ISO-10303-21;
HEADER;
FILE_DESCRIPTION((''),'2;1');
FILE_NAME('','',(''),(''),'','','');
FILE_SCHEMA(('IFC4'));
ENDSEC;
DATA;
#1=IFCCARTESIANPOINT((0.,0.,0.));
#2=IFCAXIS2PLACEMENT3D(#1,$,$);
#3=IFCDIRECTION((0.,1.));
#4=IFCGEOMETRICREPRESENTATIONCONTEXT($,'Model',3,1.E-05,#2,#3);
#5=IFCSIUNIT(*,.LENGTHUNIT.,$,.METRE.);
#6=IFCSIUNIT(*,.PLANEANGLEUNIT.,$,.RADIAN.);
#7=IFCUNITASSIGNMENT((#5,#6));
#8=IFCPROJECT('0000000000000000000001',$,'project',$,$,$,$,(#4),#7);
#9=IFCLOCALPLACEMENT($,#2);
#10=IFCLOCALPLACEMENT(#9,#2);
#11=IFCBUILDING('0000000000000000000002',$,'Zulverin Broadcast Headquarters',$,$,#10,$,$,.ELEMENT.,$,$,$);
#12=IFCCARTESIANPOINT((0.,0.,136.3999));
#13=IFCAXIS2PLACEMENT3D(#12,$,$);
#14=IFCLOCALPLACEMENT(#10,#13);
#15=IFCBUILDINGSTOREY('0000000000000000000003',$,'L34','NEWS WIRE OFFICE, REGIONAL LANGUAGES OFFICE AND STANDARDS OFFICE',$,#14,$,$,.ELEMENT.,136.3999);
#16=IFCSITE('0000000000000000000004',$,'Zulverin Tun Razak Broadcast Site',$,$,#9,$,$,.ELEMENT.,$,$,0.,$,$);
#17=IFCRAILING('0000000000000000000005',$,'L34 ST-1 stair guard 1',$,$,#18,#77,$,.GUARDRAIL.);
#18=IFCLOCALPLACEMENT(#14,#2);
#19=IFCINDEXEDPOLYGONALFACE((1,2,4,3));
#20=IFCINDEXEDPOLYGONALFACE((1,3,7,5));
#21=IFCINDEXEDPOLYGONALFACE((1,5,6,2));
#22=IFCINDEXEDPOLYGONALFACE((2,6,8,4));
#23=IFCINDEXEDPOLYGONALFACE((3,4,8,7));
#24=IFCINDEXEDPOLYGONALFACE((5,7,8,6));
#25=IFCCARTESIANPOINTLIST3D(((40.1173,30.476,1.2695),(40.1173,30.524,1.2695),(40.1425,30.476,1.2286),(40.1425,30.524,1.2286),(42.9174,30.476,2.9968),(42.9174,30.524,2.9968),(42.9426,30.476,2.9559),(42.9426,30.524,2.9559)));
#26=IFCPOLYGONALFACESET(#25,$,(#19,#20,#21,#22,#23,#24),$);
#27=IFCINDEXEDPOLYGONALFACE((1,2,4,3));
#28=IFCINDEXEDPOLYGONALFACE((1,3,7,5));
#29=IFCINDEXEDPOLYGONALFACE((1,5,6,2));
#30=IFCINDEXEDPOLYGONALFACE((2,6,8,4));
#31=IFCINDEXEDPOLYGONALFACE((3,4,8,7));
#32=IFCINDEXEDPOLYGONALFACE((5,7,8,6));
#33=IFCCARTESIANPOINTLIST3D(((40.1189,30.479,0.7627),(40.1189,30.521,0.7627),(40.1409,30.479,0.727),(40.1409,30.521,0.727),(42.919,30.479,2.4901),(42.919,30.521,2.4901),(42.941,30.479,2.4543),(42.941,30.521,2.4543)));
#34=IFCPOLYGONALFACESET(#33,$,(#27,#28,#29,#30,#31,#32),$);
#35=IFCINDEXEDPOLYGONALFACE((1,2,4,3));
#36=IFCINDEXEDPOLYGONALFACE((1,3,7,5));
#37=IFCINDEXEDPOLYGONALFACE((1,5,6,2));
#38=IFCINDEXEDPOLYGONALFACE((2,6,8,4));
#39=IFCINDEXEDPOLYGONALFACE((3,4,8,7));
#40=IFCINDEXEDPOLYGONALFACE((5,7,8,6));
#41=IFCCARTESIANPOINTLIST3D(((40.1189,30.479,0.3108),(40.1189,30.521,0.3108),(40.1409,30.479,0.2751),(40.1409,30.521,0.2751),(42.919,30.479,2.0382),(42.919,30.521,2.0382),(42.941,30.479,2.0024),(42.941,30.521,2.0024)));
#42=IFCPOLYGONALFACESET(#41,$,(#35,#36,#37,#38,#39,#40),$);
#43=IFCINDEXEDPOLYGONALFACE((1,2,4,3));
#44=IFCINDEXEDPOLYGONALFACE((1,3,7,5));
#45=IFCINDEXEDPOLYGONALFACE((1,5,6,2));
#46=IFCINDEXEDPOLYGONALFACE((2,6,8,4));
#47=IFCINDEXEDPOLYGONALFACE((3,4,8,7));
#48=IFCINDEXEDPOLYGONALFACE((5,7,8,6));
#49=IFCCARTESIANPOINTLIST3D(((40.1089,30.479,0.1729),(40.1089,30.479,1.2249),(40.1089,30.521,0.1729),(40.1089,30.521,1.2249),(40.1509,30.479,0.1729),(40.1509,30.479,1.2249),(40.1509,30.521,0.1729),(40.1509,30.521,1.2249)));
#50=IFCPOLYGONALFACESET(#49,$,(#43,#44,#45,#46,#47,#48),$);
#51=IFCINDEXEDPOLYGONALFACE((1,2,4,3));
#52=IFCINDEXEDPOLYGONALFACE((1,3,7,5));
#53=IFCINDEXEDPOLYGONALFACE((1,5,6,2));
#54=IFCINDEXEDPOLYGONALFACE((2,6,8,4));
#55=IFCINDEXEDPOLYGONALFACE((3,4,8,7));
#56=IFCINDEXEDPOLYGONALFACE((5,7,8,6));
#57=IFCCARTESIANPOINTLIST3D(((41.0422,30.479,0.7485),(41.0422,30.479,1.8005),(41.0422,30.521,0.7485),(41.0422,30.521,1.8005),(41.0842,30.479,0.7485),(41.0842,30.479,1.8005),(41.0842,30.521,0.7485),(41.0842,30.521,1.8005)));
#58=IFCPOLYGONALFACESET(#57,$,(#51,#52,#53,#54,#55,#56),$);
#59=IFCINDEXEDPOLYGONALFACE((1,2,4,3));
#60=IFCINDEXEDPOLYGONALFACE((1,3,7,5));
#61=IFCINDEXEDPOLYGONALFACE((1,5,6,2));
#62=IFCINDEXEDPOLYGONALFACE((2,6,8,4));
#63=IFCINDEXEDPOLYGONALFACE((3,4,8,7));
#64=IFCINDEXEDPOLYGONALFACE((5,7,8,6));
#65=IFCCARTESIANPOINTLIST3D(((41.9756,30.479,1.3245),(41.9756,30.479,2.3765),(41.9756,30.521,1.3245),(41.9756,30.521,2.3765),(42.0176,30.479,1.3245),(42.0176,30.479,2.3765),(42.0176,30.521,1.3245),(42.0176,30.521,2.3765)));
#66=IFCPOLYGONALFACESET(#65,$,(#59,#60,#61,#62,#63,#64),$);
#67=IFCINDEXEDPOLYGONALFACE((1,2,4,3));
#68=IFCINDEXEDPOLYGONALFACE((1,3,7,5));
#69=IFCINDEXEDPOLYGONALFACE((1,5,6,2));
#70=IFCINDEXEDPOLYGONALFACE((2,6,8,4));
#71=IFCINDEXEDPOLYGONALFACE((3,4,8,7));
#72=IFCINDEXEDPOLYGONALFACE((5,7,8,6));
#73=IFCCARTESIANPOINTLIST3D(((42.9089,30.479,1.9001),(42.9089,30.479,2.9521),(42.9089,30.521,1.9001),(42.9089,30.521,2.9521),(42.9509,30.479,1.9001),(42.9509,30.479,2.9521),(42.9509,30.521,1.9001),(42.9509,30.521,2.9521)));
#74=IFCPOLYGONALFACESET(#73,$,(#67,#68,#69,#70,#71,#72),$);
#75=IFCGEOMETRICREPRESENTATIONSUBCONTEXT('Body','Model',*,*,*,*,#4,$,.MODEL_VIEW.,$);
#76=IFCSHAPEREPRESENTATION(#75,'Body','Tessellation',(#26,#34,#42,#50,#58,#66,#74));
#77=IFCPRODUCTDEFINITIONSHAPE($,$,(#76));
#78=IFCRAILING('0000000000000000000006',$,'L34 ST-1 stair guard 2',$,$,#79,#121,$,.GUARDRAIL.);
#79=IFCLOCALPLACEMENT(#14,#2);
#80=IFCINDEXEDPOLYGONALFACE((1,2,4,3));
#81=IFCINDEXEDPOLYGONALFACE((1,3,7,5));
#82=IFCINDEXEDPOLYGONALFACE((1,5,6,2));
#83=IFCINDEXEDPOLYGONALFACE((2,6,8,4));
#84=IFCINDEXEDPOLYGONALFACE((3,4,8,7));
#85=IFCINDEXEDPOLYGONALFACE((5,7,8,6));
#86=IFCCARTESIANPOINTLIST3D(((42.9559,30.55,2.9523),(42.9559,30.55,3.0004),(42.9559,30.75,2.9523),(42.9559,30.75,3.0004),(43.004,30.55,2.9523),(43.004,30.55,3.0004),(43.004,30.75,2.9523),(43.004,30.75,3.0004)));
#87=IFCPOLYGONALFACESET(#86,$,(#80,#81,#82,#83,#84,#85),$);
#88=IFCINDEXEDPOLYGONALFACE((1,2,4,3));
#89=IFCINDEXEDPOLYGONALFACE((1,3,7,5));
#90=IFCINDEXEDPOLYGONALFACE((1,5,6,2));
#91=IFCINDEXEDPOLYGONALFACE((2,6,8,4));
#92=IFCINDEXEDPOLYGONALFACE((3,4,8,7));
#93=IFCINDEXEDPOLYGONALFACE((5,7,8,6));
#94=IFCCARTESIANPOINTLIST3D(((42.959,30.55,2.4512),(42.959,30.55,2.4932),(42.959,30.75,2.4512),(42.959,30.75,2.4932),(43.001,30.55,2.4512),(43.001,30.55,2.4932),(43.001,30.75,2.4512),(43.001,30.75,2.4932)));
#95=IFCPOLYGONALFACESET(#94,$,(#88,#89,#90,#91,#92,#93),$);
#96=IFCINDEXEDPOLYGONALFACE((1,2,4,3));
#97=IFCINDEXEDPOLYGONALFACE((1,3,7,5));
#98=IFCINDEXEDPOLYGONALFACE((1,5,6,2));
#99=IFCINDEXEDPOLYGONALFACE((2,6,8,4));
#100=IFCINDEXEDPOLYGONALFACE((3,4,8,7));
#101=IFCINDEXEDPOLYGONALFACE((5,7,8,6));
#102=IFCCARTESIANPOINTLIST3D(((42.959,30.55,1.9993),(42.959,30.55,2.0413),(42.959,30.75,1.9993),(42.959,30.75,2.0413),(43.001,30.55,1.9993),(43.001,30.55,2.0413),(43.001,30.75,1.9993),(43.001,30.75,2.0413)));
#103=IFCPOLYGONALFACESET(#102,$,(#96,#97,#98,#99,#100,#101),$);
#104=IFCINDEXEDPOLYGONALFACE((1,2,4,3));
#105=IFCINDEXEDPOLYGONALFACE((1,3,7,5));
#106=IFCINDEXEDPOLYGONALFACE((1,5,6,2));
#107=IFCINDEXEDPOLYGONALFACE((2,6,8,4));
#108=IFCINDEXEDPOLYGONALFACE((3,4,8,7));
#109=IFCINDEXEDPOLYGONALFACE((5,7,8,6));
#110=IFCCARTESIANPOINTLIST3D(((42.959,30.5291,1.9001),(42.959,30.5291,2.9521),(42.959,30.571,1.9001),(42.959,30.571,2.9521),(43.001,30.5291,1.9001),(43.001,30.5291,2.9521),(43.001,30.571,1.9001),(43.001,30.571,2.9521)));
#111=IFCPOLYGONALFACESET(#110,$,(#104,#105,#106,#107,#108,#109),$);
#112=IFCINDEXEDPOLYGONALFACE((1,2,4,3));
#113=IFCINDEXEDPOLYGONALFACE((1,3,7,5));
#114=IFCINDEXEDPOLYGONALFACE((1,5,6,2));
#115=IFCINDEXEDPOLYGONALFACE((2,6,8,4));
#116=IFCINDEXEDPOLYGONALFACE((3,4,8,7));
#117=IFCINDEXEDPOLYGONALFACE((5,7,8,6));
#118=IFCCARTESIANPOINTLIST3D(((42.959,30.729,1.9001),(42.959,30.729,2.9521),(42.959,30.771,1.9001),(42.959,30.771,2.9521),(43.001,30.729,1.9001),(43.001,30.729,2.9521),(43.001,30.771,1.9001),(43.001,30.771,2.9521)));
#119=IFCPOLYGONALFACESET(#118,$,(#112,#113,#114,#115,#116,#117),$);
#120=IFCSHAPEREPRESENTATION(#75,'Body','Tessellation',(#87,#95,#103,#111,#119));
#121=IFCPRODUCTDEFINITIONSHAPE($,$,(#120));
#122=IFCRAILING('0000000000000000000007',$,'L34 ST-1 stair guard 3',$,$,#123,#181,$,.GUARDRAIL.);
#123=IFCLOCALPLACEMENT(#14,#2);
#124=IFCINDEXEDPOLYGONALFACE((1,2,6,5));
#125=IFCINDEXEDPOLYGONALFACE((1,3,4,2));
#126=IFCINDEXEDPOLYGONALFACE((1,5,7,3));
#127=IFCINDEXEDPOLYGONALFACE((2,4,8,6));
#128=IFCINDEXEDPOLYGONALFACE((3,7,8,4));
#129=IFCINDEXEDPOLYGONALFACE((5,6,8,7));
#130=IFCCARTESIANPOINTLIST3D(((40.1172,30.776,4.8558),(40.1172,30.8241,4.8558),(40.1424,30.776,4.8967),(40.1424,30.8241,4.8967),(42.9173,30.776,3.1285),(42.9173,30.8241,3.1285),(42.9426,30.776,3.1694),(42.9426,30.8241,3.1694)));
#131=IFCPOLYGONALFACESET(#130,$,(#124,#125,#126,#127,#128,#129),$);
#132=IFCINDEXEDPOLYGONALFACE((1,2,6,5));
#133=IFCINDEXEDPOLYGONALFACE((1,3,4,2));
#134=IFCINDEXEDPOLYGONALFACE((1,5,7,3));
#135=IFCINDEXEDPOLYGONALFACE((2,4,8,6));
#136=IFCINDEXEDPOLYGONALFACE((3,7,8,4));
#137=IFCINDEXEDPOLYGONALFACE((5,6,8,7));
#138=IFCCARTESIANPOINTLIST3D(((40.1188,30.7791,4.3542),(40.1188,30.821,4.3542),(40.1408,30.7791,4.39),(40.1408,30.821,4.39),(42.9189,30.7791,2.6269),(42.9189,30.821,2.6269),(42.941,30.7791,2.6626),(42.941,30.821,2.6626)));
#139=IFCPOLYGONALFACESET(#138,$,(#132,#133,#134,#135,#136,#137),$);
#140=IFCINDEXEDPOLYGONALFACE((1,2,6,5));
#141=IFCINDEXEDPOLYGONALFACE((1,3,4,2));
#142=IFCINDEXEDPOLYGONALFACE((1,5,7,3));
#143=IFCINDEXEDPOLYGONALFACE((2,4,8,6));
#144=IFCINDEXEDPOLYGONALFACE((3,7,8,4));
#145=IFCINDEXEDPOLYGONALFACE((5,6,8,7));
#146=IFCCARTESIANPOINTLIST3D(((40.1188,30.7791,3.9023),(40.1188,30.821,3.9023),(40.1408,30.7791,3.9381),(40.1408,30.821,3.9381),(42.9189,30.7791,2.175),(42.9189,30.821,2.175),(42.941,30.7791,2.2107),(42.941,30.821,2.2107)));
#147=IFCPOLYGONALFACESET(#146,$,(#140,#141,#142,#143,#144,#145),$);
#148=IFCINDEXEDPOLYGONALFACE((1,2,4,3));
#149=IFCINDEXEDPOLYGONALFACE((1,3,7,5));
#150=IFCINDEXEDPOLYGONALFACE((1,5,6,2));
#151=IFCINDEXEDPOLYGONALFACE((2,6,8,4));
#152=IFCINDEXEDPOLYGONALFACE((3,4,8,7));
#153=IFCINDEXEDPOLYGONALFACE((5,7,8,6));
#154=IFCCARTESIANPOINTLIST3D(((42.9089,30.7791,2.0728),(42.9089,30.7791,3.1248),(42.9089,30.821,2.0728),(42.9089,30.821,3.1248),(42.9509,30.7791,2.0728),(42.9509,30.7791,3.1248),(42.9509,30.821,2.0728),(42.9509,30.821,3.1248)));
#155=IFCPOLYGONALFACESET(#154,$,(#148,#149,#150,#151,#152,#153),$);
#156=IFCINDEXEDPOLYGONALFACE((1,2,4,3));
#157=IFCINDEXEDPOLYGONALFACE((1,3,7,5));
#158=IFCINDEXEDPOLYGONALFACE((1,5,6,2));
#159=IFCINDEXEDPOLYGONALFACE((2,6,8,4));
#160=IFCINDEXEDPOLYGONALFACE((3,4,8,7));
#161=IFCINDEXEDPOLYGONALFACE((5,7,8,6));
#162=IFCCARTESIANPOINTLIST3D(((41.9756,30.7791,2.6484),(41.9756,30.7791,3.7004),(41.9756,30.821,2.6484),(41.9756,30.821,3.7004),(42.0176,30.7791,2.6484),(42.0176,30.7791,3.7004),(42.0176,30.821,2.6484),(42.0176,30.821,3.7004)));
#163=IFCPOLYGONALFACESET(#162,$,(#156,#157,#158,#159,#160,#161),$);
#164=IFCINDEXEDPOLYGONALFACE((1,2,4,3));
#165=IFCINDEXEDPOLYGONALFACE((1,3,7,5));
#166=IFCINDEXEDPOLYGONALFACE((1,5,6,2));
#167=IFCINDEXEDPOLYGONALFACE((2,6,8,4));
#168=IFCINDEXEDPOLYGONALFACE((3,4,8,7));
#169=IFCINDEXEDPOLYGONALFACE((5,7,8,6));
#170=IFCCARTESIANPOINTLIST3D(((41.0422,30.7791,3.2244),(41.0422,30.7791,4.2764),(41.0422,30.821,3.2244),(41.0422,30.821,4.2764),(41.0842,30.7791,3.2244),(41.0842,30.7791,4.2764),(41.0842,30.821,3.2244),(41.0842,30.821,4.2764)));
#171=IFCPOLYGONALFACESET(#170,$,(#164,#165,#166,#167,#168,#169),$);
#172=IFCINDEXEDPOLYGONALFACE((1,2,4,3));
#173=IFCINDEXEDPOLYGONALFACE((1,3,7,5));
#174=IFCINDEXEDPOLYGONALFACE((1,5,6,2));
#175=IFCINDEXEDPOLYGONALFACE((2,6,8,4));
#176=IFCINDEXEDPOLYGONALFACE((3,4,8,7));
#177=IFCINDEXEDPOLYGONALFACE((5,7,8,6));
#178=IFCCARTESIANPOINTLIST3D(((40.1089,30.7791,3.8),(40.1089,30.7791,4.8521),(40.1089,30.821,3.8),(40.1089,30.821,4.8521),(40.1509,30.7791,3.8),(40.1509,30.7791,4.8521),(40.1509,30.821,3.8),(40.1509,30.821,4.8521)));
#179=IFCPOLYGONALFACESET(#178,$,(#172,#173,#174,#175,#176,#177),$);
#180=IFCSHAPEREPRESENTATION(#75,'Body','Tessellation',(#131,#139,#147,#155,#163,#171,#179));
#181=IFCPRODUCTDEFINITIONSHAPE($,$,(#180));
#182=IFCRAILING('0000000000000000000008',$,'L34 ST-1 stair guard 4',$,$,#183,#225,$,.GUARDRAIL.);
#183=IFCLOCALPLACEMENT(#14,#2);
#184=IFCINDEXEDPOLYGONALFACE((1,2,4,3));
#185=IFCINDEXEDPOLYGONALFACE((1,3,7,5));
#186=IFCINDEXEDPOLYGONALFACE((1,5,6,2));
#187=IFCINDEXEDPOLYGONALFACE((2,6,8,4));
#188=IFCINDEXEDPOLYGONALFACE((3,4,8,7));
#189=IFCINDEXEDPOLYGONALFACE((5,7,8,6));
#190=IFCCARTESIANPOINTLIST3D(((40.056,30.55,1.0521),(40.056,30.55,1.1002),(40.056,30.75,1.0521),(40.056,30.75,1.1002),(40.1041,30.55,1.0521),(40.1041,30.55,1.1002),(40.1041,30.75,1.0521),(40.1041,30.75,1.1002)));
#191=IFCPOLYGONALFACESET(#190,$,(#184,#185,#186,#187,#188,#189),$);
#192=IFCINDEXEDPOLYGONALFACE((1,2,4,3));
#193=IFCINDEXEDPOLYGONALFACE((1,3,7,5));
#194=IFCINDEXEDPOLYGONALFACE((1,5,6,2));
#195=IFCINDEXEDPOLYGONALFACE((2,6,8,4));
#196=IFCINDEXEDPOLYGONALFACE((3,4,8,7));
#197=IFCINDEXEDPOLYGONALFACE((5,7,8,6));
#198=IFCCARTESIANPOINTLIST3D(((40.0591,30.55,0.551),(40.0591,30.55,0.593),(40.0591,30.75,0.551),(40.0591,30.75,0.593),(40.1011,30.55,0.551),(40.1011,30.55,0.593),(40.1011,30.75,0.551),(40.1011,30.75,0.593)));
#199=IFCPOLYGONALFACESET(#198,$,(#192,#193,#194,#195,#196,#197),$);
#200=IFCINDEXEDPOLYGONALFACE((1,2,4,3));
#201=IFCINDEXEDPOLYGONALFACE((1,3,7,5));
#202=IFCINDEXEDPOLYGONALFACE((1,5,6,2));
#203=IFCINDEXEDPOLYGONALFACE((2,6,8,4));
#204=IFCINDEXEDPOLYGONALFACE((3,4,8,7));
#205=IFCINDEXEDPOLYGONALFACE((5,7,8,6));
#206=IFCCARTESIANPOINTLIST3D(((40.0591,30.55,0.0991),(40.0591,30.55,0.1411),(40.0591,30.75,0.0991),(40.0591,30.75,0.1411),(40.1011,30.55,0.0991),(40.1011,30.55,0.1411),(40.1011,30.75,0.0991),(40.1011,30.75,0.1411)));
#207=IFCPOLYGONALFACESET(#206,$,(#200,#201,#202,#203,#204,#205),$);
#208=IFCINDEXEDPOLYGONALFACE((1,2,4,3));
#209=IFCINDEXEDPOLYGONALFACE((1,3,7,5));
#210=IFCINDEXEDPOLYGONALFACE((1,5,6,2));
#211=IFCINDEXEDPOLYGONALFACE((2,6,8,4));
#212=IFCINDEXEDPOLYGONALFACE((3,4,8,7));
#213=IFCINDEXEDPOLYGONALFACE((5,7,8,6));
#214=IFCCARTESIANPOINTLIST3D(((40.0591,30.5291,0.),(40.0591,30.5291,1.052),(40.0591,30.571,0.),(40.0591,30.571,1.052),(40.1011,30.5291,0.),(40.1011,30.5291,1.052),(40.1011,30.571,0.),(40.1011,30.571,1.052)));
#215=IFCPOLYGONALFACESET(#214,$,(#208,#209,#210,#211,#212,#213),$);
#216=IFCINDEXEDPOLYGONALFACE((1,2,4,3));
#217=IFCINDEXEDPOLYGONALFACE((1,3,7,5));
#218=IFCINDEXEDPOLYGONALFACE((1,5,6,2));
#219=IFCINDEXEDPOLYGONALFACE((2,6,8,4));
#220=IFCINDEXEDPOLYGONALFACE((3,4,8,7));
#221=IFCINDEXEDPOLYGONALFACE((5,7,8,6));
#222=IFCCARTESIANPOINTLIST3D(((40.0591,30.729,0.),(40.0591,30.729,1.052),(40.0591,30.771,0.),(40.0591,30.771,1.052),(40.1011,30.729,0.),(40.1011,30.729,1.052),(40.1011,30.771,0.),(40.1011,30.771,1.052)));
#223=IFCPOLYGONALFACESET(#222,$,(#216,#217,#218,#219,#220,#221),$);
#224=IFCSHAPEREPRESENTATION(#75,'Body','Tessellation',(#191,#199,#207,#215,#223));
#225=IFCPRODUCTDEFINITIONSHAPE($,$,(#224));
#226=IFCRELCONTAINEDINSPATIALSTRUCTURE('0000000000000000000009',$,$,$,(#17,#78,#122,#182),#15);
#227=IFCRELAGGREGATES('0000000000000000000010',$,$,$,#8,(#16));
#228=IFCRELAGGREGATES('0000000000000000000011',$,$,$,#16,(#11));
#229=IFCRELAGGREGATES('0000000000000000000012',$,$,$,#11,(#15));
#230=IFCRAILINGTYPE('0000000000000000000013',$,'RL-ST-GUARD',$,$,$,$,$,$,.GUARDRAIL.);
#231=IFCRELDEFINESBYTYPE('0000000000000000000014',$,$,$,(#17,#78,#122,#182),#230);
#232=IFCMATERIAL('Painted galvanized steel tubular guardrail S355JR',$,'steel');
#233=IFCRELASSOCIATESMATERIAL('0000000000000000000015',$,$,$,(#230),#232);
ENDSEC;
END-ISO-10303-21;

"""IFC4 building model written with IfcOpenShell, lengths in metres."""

from ifc_helpers import new_model, si_unit, direction, frame, origin, origin_2d, place, context, subcontext, project, spatial, rectangle, extrude, material, type_object, element, save


model = new_model("IFC4")

# Units and contexts
model_context = context("Model", 3, precision=1e-05, world=origin(), true_north=direction((0.0, 1.0)))
body_context = subcontext(model_context, "Body", "Model", "MODEL_VIEW")
ifc_project = project(units=[si_unit("LENGTHUNIT", "METRE"), si_unit("PLANEANGLEUNIT", "RADIAN")], contexts=[model_context])

# Site, building, storey
site_placement = place(None, origin())
site = spatial("IfcSite", under=ifc_project, at=site_placement, Name="Zulverin Tun Razak Broadcast Site", CompositionType="ELEMENT", RefElevation=0.0)
building_placement = place(site_placement, origin())
building = spatial("IfcBuilding", under=site, at=building_placement, Name="Zulverin Broadcast Headquarters", CompositionType="ELEMENT")
storey_placement = place(building_placement, frame((0.0, 0.0, 136.3999)))
storey = spatial("IfcBuildingStorey", under=building, at=storey_placement, Name="L34", Description="NEWS WIRE OFFICE, REGIONAL LANGUAGES OFFICE AND STANDARDS OFFICE", CompositionType="ELEMENT", Elevation=136.3999)

# Railings
ifc_material_1 = material(Name="Painted galvanized steel tubular guardrail S355JR", Category="steel")
railing_type_1 = type_object("IfcRailingType", Name="RL-ST-GUARD", PredefinedType="GUARDRAIL", material=ifc_material_1)
railing_1_placement = place(storey_placement, frame((40.1299, 30.5, 0.1729)))
element("IfcRailing", 1, at=railing_1_placement, inside=storey, type_object=railing_type_1, Name="L34 ST-1 stair guard 1", PredefinedType="GUARDRAIL", context=body_context, shape_type="SweptSolid", body=[
    extrude(rectangle(XDim=0.0481, YDim=0.0481, at=origin_2d()), frame((0.0, 0.0, 1.0762), z_axis=(0.85109, 0.0, 0.52502), x_axis=(0.0, 1.0, 0.0)), (0.0, 0.0, 1.0), 3.29),
    extrude(rectangle(XDim=0.042, YDim=0.042, at=origin_2d()), frame((0.0, 0.0, 0.572), z_axis=(0.85109, 0.0, 0.52502), x_axis=(0.0, 1.0, 0.0)), (0.0, 0.0, 1.0), 3.29),
    extrude(rectangle(XDim=0.042, YDim=0.042, at=origin_2d()), frame((0.0, 0.0, 0.1201), z_axis=(0.85109, 0.0, 0.52502), x_axis=(0.0, 1.0, 0.0)), (0.0, 0.0, 1.0), 3.29),
    extrude(rectangle(XDim=0.042, YDim=0.042, at=origin_2d()), origin(), (0.0, 0.0, 1.0), 1.052),
    extrude(rectangle(XDim=0.042, YDim=0.042, at=origin_2d()), frame((0.9333, 0.0, 0.5757)), (0.0, 0.0, 1.0), 1.052),
    extrude(rectangle(XDim=0.042, YDim=0.042, at=origin_2d()), frame((1.8667, 0.0, 1.1516)), (0.0, 0.0, 1.0), 1.052),
    extrude(rectangle(XDim=0.042, YDim=0.042, at=origin_2d()), frame((2.8, 0.0, 1.7273)), (0.0, 0.0, 1.0), 1.052),
])
railing_2_placement = place(storey_placement, frame((42.98, 30.55, 1.9001)))
element("IfcRailing", 2, at=railing_2_placement, inside=storey, type_object=railing_type_1, Name="L34 ST-1 stair guard 2", PredefinedType="GUARDRAIL", context=body_context, shape_type="SweptSolid", body=[
    extrude(rectangle(XDim=0.0481, YDim=0.0481, at=origin_2d()), frame((0.0, 0.0, 1.0762), z_axis=(0.0, 1.0, 0.0), x_axis=(-1.0, 0.0, 0.0)), (0.0, 0.0, 1.0), 0.2),
    extrude(rectangle(XDim=0.042, YDim=0.042, at=origin_2d()), frame((0.0, 0.0, 0.572), z_axis=(0.0, 1.0, 0.0), x_axis=(-1.0, 0.0, 0.0)), (0.0, 0.0, 1.0), 0.2),
    extrude(rectangle(XDim=0.042, YDim=0.042, at=origin_2d()), frame((0.0, 0.0, 0.1201), z_axis=(0.0, 1.0, 0.0), x_axis=(-1.0, 0.0, 0.0)), (0.0, 0.0, 1.0), 0.2),
    extrude(rectangle(XDim=0.042, YDim=0.042, at=origin_2d()), origin(), (0.0, 0.0, 1.0), 1.052),
    extrude(rectangle(XDim=0.042, YDim=0.042, at=origin_2d()), frame((0.0, 0.2, 0.0)), (0.0, 0.0, 1.0), 1.052),
])
railing_3_placement = place(storey_placement, frame((42.9299, 30.8, 2.0728)))
element("IfcRailing", 3, at=railing_3_placement, inside=storey, type_object=railing_type_1, Name="L34 ST-1 stair guard 3", PredefinedType="GUARDRAIL", context=body_context, shape_type="SweptSolid", body=[
    extrude(rectangle(XDim=0.0481, YDim=0.0481, at=origin_2d()), frame((0.0, 0.0, 1.0762), z_axis=(-0.85109, 0.0, 0.52502), x_axis=(0.0, -1.0, 0.0)), (0.0, 0.0, 1.0), 3.29),
    extrude(rectangle(XDim=0.042, YDim=0.042, at=origin_2d()), frame((0.0, 0.0, 0.572), z_axis=(-0.85109, 0.0, 0.52502), x_axis=(0.0, -1.0, 0.0)), (0.0, 0.0, 1.0), 3.29),
    extrude(rectangle(XDim=0.042, YDim=0.042, at=origin_2d()), frame((0.0, 0.0, 0.1201), z_axis=(-0.85109, 0.0, 0.52502), x_axis=(0.0, -1.0, 0.0)), (0.0, 0.0, 1.0), 3.29),
    extrude(rectangle(XDim=0.042, YDim=0.042, at=origin_2d()), origin(), (0.0, 0.0, 1.0), 1.052),
    extrude(rectangle(XDim=0.042, YDim=0.042, at=origin_2d()), frame((-0.9333, 0.0, 0.5757)), (0.0, 0.0, 1.0), 1.052),
    extrude(rectangle(XDim=0.042, YDim=0.042, at=origin_2d()), frame((-1.8667, 0.0, 1.1516)), (0.0, 0.0, 1.0), 1.052),
    extrude(rectangle(XDim=0.042, YDim=0.042, at=origin_2d()), frame((-2.8, 0.0, 1.7273)), (0.0, 0.0, 1.0), 1.052),
])
railing_4_placement = place(storey_placement, frame((40.0801, 30.55, 0.0)))
element("IfcRailing", 4, at=railing_4_placement, inside=storey, type_object=railing_type_1, Name="L34 ST-1 stair guard 4", PredefinedType="GUARDRAIL", context=body_context, shape_type="SweptSolid", body=[
    extrude(rectangle(XDim=0.0481, YDim=0.0481, at=origin_2d()), frame((0.0, 0.0, 1.0762), z_axis=(0.0, 1.0, 0.0), x_axis=(-1.0, 0.0, 0.0)), (0.0, 0.0, 1.0), 0.2),
    extrude(rectangle(XDim=0.042, YDim=0.042, at=origin_2d()), frame((0.0, 0.0, 0.572), z_axis=(0.0, 1.0, 0.0), x_axis=(-1.0, 0.0, 0.0)), (0.0, 0.0, 1.0), 0.2),
    extrude(rectangle(XDim=0.042, YDim=0.042, at=origin_2d()), frame((0.0, 0.0, 0.1201), z_axis=(0.0, 1.0, 0.0), x_axis=(-1.0, 0.0, 0.0)), (0.0, 0.0, 1.0), 0.2),
    extrude(rectangle(XDim=0.042, YDim=0.042, at=origin_2d()), origin(), (0.0, 0.0, 1.0), 1.052),
    extrude(rectangle(XDim=0.042, YDim=0.042, at=origin_2d()), frame((0.0, 0.2, 0.0)), (0.0, 0.0, 1.0), 1.052),
])

save(model, "model.ifc")
